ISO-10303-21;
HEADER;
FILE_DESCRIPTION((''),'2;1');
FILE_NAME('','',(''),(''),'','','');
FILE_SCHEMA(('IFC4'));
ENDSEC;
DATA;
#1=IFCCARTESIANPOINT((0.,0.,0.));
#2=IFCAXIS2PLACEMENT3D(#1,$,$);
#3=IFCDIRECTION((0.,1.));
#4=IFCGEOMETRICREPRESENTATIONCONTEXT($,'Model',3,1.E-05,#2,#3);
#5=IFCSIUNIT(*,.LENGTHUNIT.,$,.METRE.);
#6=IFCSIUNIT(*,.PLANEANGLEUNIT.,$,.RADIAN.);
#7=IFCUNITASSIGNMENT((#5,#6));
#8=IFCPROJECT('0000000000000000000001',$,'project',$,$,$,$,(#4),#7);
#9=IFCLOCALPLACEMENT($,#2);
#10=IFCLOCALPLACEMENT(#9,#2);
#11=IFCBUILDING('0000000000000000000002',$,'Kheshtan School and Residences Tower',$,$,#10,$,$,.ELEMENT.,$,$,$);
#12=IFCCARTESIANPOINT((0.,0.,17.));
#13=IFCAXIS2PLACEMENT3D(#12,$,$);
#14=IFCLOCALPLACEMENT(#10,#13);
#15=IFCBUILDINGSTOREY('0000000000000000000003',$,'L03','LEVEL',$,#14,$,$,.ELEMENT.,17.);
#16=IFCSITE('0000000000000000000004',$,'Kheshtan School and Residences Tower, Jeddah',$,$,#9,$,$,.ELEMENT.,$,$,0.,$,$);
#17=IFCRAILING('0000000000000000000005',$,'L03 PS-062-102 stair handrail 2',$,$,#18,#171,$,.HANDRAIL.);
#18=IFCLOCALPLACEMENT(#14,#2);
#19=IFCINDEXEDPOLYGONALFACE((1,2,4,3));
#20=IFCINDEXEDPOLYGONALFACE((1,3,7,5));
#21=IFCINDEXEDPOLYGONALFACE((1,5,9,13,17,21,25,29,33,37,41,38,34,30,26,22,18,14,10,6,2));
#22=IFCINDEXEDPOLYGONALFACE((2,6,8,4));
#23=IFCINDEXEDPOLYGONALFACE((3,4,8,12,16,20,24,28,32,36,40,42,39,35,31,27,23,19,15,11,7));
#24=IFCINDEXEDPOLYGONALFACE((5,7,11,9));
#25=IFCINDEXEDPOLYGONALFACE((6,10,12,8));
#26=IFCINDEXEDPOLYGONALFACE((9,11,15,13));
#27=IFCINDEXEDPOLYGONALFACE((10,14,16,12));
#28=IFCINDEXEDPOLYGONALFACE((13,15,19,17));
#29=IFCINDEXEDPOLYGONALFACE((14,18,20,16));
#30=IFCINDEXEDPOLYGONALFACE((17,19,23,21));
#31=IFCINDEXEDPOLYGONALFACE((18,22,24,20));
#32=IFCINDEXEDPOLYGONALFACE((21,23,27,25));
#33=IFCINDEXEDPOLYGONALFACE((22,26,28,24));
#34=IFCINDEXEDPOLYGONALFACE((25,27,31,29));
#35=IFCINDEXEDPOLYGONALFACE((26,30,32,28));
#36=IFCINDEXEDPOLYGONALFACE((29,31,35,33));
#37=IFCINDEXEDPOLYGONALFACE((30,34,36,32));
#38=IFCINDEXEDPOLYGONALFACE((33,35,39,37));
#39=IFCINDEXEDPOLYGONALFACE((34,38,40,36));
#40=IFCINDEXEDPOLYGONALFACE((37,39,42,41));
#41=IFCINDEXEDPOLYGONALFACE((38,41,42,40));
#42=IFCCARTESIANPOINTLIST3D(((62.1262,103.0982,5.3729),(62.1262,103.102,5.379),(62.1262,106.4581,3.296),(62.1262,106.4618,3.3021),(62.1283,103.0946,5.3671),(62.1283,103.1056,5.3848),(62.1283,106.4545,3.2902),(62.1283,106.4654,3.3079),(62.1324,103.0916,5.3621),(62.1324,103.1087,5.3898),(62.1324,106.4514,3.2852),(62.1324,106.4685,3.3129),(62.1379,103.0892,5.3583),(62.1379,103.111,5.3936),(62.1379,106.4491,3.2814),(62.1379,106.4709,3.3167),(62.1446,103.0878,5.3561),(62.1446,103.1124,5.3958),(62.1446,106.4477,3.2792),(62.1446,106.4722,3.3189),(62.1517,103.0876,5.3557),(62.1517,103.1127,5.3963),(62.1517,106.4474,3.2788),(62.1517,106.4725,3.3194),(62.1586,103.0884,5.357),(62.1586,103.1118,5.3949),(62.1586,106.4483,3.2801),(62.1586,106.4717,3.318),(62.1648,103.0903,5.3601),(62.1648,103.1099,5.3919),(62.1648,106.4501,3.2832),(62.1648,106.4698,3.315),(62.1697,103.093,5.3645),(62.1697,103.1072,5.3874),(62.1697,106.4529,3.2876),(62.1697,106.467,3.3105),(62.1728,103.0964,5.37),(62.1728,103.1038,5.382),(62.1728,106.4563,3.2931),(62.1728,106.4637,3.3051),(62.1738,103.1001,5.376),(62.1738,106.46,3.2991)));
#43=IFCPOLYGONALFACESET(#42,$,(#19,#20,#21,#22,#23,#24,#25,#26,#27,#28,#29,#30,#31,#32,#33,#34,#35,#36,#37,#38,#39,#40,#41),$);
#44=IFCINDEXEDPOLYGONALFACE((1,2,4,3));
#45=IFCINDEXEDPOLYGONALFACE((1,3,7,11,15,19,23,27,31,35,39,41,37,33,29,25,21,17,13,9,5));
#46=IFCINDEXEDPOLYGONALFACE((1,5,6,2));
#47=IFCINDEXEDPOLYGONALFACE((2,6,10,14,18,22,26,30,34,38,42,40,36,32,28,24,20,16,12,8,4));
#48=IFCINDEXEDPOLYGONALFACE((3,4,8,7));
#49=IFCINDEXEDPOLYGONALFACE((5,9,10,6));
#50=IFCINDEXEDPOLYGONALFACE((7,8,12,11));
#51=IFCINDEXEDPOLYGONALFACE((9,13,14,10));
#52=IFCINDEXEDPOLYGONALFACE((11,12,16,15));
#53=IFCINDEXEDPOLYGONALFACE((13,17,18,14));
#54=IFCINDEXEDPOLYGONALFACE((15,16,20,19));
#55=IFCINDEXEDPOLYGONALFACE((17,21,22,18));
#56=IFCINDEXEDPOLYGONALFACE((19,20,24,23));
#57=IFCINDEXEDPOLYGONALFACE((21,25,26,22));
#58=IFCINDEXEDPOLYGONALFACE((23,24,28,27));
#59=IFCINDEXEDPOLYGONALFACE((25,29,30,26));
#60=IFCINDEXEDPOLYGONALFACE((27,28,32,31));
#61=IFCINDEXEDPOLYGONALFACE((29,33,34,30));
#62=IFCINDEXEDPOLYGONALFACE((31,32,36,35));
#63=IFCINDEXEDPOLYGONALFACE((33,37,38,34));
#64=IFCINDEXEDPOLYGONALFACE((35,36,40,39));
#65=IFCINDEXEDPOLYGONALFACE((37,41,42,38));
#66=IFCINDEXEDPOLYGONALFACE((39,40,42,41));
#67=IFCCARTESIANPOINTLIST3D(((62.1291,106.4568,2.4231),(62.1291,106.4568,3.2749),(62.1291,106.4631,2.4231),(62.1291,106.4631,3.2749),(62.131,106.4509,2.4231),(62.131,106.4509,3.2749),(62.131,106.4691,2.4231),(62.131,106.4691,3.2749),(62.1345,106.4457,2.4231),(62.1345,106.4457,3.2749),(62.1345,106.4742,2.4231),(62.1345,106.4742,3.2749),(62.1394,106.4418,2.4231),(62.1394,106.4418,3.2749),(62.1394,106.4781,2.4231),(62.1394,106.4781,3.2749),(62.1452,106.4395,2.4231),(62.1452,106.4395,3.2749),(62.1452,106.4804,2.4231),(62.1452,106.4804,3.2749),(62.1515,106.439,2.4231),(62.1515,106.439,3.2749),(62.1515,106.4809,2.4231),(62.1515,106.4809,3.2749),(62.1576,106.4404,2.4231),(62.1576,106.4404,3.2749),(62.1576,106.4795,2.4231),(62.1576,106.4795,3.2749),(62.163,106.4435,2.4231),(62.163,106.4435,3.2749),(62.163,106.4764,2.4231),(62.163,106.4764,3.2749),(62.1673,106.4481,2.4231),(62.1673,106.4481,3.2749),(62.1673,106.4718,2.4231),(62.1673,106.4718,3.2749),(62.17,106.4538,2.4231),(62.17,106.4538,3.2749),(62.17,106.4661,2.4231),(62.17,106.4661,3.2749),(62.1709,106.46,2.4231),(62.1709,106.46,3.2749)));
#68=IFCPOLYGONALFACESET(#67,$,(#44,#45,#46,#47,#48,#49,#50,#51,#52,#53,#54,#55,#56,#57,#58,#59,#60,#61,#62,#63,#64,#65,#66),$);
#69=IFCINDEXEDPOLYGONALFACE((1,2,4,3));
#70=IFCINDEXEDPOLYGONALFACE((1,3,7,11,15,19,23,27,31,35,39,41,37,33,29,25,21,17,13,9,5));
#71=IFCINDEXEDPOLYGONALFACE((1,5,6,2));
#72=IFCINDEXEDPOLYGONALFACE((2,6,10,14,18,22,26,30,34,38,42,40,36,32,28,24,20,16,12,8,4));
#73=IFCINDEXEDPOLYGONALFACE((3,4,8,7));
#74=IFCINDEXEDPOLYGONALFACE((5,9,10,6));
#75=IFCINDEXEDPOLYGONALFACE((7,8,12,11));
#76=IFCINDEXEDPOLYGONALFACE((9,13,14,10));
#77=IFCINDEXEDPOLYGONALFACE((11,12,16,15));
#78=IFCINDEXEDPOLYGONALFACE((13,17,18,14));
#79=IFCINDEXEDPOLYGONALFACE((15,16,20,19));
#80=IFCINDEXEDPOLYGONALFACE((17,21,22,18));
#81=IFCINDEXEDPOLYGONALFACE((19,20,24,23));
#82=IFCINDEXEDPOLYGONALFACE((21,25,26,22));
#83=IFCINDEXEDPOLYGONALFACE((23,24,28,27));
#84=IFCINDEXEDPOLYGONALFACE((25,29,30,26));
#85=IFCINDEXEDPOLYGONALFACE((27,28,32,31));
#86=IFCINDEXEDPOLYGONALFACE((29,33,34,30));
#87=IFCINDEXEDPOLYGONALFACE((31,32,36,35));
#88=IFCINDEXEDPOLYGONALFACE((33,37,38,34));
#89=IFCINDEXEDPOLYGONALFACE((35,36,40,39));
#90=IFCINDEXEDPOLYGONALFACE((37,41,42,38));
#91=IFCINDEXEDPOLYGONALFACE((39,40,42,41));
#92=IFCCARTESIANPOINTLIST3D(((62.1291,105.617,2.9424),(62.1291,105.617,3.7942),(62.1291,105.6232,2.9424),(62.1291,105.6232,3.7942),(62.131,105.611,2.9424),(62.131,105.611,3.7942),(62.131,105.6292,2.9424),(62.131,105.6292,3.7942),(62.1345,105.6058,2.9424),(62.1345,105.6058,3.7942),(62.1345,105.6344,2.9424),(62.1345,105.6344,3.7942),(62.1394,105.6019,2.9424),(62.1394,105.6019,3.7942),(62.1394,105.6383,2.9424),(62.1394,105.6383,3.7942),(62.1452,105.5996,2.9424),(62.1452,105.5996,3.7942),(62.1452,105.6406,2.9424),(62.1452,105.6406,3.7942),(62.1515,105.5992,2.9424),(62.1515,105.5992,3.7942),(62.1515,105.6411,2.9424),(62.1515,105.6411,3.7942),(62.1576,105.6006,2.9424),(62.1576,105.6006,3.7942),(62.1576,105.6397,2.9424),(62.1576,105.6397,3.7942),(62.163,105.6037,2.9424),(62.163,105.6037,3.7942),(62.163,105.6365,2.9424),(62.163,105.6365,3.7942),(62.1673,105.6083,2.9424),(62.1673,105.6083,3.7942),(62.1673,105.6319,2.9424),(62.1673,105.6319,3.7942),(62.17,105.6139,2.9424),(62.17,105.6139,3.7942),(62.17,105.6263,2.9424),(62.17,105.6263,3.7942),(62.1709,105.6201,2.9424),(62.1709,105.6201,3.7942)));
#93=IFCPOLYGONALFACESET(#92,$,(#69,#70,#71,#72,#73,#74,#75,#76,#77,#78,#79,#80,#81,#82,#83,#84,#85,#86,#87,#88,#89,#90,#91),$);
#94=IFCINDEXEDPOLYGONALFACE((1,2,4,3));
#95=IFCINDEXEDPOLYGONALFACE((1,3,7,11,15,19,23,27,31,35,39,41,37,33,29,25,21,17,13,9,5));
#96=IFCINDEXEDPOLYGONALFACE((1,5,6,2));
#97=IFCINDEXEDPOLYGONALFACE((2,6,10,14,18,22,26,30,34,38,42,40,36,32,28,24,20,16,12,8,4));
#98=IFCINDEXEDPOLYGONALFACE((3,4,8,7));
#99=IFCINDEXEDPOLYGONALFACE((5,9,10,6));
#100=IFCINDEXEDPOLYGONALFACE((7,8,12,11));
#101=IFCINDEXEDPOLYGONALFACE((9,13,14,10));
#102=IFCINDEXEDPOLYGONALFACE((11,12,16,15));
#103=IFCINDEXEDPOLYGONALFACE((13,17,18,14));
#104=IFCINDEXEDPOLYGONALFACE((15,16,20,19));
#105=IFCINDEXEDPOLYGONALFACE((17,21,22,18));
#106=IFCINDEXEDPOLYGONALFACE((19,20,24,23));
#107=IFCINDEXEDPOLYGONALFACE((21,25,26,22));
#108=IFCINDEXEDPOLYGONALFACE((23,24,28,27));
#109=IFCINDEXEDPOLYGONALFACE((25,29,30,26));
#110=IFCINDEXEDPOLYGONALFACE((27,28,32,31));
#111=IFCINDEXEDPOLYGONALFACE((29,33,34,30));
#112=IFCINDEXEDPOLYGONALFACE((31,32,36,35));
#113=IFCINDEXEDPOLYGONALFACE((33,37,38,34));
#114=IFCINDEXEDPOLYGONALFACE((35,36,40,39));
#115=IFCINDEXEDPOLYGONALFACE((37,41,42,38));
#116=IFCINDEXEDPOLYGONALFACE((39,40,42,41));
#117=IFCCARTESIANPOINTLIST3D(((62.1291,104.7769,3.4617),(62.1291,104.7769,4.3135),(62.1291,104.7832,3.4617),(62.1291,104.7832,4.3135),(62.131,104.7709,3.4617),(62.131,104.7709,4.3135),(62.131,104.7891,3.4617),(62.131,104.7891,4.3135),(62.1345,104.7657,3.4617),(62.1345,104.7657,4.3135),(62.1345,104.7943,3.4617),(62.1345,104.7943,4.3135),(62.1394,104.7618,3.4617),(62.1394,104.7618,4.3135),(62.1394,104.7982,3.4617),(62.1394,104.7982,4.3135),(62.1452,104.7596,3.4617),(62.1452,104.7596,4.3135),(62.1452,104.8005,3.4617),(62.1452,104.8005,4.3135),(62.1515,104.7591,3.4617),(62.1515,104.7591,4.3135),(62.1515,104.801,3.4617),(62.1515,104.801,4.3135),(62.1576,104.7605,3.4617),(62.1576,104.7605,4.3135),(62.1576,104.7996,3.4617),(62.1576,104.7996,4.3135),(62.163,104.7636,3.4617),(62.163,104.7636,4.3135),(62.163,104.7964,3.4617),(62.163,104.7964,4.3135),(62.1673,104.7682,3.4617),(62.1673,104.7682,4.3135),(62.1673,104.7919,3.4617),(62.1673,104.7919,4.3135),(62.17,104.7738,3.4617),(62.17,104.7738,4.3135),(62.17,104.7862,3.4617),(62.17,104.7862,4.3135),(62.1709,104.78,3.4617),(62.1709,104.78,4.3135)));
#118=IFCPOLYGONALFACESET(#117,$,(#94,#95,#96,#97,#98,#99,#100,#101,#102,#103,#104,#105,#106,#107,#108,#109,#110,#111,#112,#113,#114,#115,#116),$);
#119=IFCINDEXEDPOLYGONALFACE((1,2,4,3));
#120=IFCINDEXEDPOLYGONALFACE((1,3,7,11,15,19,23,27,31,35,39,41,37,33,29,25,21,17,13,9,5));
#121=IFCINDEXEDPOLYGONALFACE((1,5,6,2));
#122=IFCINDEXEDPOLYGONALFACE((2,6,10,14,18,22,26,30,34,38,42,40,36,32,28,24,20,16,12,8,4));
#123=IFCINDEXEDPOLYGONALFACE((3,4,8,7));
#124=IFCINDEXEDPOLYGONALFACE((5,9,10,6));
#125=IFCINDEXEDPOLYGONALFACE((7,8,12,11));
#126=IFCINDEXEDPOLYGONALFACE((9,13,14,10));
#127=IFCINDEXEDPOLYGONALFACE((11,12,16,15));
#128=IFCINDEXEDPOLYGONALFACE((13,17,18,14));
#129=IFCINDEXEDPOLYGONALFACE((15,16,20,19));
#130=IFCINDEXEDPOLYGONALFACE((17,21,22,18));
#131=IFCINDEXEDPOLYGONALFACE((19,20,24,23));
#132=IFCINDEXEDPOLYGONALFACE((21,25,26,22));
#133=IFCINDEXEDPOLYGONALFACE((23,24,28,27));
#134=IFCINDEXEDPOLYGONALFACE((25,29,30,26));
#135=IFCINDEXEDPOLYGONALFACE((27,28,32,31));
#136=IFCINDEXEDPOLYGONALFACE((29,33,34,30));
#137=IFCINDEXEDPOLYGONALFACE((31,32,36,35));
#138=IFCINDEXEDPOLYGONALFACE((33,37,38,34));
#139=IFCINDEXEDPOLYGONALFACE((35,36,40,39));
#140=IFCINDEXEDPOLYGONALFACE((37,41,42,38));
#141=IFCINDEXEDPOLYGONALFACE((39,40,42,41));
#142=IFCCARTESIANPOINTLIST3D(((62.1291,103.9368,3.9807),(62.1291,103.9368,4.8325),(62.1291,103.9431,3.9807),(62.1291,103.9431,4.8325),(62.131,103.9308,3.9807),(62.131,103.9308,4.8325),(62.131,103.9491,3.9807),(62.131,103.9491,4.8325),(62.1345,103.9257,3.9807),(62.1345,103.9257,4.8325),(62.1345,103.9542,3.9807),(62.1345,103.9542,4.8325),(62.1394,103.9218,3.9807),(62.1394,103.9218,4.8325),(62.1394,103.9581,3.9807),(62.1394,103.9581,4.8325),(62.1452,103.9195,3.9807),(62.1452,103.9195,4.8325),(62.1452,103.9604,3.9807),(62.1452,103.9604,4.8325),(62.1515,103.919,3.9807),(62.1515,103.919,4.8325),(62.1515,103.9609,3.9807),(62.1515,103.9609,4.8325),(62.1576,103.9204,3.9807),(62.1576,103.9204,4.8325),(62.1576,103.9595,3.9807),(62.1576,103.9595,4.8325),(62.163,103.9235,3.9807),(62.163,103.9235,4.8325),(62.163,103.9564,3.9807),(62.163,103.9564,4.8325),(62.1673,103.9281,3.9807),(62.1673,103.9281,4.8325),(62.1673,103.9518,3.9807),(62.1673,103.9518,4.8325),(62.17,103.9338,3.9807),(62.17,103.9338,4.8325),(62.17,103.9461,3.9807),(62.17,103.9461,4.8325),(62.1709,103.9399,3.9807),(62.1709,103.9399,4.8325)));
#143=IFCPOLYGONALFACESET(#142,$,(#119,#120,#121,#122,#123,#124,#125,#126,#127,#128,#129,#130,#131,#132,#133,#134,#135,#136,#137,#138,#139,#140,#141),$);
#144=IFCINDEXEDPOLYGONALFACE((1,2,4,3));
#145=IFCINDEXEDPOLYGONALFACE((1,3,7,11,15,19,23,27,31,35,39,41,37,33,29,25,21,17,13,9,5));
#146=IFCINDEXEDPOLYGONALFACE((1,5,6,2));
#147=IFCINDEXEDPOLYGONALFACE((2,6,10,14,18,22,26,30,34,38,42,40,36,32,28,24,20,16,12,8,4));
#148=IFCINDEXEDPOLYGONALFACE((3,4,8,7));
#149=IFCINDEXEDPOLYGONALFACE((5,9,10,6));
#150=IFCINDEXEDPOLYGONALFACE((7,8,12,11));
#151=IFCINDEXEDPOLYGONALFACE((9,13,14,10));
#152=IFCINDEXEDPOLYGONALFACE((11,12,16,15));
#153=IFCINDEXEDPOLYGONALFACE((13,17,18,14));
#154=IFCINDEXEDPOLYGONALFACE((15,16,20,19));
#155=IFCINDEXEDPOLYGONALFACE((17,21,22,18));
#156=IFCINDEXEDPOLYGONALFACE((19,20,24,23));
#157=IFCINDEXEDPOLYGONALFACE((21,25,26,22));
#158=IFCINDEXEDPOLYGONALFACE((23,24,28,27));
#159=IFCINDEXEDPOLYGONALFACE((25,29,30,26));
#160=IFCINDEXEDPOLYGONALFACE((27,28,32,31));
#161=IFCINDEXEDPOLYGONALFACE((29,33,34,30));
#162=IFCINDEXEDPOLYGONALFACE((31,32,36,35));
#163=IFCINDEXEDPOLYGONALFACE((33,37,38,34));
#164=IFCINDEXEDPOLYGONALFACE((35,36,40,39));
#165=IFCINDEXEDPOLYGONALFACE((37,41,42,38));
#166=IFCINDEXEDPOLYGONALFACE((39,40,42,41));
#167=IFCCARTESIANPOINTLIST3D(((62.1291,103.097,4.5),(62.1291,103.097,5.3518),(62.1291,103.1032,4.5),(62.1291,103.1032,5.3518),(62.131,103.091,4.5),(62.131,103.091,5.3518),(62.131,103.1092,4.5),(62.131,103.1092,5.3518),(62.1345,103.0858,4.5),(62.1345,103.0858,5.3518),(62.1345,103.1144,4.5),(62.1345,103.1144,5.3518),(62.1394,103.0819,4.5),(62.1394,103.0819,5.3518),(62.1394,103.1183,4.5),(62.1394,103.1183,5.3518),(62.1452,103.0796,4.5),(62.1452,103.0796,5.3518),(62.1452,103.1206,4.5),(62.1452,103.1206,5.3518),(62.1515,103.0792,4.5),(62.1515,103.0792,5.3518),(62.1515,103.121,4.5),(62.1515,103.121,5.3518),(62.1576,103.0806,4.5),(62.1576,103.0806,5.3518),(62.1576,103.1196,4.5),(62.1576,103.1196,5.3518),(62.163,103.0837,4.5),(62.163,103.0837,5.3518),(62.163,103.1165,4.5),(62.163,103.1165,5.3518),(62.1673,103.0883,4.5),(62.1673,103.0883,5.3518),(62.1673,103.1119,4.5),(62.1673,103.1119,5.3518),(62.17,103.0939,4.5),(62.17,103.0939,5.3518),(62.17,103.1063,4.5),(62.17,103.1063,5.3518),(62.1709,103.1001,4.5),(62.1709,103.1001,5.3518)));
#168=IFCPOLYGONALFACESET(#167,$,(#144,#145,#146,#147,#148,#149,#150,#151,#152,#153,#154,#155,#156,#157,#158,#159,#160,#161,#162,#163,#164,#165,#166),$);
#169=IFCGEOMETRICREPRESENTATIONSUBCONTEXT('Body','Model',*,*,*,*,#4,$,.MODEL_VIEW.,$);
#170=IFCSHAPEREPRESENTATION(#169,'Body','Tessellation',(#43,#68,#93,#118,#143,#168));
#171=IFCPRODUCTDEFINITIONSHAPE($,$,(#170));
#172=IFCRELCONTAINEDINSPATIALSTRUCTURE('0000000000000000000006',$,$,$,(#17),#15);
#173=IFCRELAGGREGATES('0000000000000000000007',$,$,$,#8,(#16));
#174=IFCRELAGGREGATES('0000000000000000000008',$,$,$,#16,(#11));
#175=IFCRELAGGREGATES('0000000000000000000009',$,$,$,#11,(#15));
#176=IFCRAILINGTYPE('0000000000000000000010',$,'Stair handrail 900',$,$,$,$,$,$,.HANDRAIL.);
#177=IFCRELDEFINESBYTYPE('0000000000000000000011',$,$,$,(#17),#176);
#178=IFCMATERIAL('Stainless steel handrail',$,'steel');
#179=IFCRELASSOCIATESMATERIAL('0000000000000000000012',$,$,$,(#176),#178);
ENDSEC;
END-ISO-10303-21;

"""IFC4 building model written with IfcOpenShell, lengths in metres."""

from ifc_helpers import new_model, si_unit, direction, frame, origin, origin_2d, place, context, subcontext, project, spatial, circle, extrude, material, type_object, element, save


model = new_model("IFC4")

# Units and contexts
model_context = context("Model", 3, precision=1e-05, world=origin(), true_north=direction((0.0, 1.0)))
body_context = subcontext(model_context, "Body", "Model", "MODEL_VIEW")
ifc_project = project(units=[si_unit("LENGTHUNIT", "METRE"), si_unit("PLANEANGLEUNIT", "RADIAN")], contexts=[model_context])

# Site, building, storey
site_placement = place(None, origin())
site = spatial("IfcSite", under=ifc_project, at=site_placement, Name="Kheshtan School and Residences Tower, Jeddah", CompositionType="ELEMENT", RefElevation=0.0)
building_placement = place(site_placement, origin())
building = spatial("IfcBuilding", under=site, at=building_placement, Name="Kheshtan School and Residences Tower", CompositionType="ELEMENT")
storey_placement = place(building_placement, frame((0.0, 0.0, 17.0)))
storey = spatial("IfcBuildingStorey", under=building, at=storey_placement, Name="L03", Description="LEVEL", CompositionType="ELEMENT", Elevation=17.0)

# Railing
ifc_material_1 = material(Name="Stainless steel handrail", Category="steel")
railing_type_1 = type_object("IfcRailingType", Name="Stair handrail 900", PredefinedType="HANDRAIL", material=ifc_material_1)
railing_1_placement = place(storey_placement, frame((62.1499, 106.46, 2.4231)))
element("IfcRailing", 1, at=railing_1_placement, inside=storey, type_object=railing_type_1, Name="L03 PS-062-102 stair handrail 2", PredefinedType="HANDRAIL", context=body_context, shape_type="SweptSolid", body=[
    extrude(circle(Radius=0.0239, at=origin_2d()), frame((0.0, 0.0, 0.876), z_axis=(0.0, -0.850606, 0.525803), x_axis=(1.0, 0.0, 0.0)), (0.0, 0.0, 1.0), 3.95),
    extrude(circle(Radius=0.021, at=origin_2d()), origin(), (0.0, 0.0, 1.0), 0.8518),
    extrude(circle(Radius=0.021, at=origin_2d()), frame((0.0, -0.8398, 0.5193)), (0.0, 0.0, 1.0), 0.8518),
    extrude(circle(Radius=0.021, at=origin_2d()), frame((0.0, -1.6799, 1.0386)), (0.0, 0.0, 1.0), 0.8518),
    extrude(circle(Radius=0.021, at=origin_2d()), frame((0.0, -2.52, 1.5576)), (0.0, 0.0, 1.0), 0.8518),
    extrude(circle(Radius=0.021, at=origin_2d()), frame((0.0, -3.3599, 2.0769)), (0.0, 0.0, 1.0), 0.8518),
])

save(model, "model.ifc")
